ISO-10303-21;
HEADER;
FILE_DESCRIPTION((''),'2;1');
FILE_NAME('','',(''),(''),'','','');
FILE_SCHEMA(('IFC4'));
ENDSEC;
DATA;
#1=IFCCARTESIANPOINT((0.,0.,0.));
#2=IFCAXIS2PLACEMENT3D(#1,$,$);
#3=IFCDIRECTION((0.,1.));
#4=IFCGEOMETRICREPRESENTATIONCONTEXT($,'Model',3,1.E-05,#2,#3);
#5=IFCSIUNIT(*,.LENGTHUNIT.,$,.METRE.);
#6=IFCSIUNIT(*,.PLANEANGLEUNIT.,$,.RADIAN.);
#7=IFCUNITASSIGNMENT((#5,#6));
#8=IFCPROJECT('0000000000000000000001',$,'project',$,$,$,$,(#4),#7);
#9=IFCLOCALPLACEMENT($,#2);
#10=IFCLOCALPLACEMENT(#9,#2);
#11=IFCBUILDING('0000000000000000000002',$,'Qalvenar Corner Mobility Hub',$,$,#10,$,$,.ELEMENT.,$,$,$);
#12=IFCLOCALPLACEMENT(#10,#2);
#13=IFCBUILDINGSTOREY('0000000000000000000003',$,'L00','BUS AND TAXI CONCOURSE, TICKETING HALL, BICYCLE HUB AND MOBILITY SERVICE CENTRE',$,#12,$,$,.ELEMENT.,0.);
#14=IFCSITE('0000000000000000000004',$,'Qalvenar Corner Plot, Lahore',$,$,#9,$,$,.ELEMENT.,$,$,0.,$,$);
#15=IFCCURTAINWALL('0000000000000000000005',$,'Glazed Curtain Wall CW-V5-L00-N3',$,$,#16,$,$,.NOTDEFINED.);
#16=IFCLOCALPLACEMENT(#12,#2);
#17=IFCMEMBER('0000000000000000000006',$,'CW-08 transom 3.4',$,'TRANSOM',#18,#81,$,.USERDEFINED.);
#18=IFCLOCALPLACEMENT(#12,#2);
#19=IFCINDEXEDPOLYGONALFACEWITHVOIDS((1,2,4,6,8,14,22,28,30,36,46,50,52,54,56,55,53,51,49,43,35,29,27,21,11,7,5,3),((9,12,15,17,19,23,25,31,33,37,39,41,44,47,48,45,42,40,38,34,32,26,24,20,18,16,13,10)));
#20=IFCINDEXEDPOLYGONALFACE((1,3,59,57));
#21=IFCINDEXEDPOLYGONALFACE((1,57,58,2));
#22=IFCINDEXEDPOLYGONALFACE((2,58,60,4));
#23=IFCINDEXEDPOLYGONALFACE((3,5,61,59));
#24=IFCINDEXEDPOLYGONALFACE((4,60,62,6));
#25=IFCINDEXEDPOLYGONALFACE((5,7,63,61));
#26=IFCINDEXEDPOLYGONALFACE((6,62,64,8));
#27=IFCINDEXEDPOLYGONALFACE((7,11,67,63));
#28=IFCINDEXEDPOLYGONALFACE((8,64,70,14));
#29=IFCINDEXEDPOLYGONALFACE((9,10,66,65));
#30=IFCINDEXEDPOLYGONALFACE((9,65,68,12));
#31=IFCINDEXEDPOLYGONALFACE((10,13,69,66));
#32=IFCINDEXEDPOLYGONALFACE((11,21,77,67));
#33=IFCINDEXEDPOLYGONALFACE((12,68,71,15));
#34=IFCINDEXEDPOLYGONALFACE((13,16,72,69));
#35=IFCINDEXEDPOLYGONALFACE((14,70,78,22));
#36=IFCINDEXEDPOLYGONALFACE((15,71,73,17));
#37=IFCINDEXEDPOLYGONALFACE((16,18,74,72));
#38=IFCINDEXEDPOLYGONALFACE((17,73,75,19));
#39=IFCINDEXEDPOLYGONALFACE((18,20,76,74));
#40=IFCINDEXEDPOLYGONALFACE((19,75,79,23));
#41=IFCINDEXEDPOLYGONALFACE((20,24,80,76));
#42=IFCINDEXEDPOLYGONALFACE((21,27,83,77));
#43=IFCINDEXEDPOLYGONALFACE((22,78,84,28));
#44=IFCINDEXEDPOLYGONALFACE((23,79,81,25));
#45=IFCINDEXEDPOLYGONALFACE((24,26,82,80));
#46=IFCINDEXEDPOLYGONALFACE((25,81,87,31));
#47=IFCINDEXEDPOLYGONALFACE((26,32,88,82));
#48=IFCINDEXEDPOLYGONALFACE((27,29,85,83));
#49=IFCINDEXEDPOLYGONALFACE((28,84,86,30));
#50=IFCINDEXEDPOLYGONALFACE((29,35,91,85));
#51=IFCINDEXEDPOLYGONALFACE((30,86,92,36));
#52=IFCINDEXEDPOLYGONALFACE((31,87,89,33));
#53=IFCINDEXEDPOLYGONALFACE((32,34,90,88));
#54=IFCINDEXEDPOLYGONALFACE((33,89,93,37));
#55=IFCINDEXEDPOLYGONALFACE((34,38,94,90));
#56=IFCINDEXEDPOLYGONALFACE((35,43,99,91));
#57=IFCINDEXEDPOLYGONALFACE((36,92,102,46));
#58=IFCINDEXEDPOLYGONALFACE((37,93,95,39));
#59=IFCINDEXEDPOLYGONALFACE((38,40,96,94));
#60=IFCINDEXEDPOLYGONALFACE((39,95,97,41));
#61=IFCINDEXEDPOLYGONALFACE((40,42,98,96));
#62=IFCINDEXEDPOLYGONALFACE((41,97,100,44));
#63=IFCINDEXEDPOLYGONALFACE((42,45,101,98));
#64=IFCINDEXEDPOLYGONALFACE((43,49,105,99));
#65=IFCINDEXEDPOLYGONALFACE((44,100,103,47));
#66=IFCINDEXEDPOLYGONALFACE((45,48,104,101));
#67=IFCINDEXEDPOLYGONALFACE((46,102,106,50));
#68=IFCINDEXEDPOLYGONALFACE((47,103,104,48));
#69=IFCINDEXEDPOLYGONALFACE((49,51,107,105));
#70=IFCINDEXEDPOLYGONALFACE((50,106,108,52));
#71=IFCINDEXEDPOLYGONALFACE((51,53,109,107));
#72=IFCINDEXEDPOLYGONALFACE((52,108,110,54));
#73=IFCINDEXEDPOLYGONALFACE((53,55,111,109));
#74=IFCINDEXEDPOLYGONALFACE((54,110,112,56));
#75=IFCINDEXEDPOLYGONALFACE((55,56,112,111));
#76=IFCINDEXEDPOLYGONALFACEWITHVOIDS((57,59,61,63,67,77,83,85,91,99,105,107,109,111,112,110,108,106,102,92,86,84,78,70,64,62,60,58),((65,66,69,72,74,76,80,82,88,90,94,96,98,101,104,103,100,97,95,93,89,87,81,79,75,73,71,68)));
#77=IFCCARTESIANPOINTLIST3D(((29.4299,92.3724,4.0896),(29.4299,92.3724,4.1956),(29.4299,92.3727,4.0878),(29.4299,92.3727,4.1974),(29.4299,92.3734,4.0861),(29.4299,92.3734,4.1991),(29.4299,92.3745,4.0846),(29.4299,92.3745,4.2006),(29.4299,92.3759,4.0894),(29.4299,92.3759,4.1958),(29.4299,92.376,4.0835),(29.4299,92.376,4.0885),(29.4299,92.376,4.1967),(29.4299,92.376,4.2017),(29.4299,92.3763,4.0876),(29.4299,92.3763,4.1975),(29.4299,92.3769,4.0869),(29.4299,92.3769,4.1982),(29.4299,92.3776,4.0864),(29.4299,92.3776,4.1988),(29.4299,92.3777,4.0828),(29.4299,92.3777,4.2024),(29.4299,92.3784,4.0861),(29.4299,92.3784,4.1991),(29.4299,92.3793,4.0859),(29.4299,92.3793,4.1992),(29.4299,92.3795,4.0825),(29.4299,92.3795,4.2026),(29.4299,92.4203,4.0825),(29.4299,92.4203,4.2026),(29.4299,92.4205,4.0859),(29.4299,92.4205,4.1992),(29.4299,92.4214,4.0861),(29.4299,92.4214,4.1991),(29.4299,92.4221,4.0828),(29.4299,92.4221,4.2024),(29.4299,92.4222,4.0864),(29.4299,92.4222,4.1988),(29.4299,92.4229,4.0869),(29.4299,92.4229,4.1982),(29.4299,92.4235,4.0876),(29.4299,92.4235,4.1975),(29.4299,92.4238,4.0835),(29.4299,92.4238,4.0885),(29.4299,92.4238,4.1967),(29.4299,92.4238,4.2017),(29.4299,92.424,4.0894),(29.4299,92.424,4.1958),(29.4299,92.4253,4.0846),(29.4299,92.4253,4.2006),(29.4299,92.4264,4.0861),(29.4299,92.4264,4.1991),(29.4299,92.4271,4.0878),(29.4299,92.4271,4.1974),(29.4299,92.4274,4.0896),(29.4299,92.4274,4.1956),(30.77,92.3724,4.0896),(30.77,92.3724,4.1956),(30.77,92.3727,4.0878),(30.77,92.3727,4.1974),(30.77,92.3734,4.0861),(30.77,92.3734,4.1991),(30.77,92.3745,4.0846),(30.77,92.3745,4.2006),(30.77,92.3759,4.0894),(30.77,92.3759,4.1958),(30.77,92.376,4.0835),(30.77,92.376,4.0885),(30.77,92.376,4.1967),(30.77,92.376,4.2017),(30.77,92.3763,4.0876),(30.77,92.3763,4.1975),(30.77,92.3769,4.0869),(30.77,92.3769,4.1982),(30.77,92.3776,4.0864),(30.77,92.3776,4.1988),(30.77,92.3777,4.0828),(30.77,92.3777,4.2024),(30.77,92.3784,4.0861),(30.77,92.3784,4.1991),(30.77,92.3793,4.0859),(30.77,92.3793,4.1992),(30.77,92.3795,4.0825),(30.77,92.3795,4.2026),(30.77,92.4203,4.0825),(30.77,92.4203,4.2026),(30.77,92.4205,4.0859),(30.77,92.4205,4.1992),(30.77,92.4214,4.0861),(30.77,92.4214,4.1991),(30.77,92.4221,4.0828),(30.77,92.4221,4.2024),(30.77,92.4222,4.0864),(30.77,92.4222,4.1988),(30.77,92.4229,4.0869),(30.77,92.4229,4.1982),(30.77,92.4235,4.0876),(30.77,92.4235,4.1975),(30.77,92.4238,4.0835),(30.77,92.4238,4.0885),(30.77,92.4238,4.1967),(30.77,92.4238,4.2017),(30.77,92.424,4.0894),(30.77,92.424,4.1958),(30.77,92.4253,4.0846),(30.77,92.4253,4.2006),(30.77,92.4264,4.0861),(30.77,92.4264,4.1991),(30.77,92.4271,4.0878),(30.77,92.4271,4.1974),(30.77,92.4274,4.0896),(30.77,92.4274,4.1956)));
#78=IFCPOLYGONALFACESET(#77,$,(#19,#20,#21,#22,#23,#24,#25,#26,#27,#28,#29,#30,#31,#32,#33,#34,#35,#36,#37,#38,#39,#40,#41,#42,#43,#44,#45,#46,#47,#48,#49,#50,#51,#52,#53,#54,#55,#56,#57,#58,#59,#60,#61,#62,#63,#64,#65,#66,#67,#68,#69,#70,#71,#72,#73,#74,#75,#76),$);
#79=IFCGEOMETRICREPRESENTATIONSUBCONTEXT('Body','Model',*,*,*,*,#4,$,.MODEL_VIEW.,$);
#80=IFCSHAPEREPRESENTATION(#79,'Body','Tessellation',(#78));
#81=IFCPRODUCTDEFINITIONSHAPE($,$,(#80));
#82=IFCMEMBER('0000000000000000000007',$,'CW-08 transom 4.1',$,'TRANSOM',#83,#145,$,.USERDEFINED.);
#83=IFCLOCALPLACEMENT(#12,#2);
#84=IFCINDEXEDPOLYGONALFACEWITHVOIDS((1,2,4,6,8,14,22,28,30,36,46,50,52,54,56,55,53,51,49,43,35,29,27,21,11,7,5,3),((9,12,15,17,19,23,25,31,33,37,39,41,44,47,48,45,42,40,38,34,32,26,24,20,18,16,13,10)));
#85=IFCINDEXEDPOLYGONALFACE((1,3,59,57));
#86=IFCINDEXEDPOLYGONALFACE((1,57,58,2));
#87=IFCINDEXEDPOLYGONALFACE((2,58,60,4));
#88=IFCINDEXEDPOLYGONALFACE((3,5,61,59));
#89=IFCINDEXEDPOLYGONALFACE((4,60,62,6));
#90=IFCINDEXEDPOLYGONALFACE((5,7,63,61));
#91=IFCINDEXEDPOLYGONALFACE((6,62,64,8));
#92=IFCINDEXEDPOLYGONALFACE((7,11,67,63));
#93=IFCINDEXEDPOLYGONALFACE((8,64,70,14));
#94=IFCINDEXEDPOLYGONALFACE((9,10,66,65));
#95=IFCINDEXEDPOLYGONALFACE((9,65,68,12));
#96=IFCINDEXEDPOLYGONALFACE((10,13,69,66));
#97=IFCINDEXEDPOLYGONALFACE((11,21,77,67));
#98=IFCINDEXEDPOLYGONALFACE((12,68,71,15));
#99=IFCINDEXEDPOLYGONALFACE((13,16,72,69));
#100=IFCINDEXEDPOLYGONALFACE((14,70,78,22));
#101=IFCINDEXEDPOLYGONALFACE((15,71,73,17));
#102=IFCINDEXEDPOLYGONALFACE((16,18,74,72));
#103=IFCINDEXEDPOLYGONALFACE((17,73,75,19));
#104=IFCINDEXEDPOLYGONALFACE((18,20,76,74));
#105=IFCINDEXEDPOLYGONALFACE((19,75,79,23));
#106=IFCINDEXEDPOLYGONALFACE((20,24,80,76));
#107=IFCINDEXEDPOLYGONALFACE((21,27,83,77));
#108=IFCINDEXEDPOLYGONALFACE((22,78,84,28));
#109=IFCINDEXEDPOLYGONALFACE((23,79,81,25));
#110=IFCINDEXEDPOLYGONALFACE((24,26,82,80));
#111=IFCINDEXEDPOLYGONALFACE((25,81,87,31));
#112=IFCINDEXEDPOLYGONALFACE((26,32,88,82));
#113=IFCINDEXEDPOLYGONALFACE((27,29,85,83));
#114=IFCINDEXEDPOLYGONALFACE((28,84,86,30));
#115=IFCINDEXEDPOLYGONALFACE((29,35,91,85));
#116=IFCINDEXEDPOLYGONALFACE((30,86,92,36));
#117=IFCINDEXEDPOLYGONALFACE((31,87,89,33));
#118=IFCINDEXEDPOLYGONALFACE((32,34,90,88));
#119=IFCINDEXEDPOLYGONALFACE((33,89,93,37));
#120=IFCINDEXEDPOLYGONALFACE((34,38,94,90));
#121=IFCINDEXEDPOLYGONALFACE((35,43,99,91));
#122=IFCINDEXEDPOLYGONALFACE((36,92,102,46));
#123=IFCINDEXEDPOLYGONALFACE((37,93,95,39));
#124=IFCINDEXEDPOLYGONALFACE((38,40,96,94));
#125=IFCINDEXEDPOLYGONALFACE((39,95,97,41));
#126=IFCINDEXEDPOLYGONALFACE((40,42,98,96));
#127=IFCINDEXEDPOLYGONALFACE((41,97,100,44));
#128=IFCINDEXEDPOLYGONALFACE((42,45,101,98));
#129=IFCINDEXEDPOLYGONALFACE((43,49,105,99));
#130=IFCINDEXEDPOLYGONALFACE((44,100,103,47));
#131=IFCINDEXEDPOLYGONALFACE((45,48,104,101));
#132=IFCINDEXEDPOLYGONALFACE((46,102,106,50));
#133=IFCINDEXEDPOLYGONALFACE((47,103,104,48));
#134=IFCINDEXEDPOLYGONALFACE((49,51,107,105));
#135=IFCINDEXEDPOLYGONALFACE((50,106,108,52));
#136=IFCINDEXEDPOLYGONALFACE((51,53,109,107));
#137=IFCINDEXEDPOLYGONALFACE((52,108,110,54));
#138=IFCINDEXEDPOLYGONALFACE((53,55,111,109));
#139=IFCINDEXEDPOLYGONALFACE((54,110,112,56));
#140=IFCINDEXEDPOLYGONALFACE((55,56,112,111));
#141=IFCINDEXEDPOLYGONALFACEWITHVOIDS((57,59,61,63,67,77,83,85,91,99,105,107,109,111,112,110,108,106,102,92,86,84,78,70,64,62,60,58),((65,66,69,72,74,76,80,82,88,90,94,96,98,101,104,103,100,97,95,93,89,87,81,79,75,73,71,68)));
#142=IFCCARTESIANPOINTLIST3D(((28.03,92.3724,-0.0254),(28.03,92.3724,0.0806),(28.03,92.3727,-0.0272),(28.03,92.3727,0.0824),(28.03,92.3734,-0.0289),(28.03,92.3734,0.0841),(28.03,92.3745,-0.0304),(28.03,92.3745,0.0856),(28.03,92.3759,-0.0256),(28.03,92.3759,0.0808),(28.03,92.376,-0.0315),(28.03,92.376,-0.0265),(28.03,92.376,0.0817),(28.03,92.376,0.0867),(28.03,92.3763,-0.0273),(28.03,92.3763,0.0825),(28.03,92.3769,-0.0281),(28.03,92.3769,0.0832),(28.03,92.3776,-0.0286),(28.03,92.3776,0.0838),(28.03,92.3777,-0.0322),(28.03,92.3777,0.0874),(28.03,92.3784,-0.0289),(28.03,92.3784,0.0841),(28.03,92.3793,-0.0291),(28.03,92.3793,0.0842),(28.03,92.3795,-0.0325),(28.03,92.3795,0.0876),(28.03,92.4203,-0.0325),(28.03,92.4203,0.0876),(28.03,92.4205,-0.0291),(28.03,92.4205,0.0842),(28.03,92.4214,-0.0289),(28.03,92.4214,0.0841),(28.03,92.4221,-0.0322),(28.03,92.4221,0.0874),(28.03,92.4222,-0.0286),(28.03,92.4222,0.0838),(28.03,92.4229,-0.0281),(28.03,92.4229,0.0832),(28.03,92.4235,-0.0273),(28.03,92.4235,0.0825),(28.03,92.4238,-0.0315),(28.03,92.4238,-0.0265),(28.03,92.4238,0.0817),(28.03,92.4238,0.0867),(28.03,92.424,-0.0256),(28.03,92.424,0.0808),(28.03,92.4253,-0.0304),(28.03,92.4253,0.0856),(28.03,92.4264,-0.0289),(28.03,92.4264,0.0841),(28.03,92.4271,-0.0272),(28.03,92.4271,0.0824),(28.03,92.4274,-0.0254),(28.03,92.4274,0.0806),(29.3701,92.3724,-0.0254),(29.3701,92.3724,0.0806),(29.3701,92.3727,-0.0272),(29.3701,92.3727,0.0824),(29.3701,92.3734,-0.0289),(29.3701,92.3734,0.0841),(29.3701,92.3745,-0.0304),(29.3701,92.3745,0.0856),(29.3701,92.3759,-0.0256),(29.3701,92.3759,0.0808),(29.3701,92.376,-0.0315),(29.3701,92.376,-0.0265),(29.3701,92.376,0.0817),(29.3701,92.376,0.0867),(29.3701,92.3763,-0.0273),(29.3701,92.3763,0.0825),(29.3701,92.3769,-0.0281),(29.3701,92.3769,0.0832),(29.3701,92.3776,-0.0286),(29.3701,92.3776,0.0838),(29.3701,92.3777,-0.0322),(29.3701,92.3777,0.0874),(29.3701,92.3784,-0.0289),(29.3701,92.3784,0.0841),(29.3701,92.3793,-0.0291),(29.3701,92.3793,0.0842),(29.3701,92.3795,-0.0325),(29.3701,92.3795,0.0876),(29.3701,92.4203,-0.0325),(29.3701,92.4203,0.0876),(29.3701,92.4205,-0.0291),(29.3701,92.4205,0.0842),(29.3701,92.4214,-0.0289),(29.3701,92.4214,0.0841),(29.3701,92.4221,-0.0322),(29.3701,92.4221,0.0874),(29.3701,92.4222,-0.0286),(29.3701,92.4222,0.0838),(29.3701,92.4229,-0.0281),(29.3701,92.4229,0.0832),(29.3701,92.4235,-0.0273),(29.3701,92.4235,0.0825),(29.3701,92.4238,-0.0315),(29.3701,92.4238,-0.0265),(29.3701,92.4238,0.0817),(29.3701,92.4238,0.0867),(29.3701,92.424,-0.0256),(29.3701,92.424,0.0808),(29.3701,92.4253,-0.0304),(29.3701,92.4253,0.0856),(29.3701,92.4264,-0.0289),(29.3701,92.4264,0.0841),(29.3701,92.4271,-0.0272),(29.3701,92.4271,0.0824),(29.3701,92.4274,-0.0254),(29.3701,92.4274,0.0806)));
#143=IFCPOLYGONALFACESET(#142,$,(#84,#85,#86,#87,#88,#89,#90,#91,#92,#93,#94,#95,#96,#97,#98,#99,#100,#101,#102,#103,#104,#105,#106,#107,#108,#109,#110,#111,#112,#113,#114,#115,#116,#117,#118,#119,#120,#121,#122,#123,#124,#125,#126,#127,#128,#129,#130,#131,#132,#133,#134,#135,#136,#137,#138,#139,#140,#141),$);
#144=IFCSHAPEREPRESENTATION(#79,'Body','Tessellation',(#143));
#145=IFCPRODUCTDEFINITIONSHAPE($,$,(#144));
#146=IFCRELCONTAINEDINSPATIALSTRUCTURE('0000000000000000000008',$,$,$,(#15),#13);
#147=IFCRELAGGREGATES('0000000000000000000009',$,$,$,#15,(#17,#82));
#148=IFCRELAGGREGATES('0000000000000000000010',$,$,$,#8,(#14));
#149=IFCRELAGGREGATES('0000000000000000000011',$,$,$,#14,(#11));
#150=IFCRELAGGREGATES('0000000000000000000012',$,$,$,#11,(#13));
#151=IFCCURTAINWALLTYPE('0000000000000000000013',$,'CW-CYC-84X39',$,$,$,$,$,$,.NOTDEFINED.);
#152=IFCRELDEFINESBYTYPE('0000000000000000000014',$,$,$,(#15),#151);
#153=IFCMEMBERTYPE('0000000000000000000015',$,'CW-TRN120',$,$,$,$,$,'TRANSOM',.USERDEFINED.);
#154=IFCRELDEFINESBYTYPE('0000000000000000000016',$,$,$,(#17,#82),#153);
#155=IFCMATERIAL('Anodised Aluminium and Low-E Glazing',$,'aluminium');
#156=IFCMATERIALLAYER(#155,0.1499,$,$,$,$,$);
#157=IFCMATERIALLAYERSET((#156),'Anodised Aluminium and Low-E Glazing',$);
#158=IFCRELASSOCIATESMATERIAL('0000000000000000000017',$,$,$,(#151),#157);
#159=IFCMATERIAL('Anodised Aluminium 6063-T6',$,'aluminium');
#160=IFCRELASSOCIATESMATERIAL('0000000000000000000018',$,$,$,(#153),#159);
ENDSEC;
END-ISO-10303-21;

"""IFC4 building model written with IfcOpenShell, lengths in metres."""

from ifc_helpers import new_model, si_unit, direction, frame, origin, origin_2d, place, context, subcontext, project, spatial, hollow_rectangle, extrude, material, layer, layer_set, material_profile, profile_set, type_object, element, aggregate, save


model = new_model("IFC4")

# Units and contexts
model_context = context("Model", 3, precision=1e-05, world=origin(), true_north=direction((0.0, 1.0)))
body_context = subcontext(model_context, "Body", "Model", "MODEL_VIEW")
ifc_project = project(units=[si_unit("LENGTHUNIT", "METRE"), si_unit("PLANEANGLEUNIT", "RADIAN")], contexts=[model_context])

# Site, building, storey
site_placement = place(None, origin())
site = spatial("IfcSite", under=ifc_project, at=site_placement, Name="Qalvenar Corner Plot, Lahore", CompositionType="ELEMENT", RefElevation=0.0)
building_placement = place(site_placement, origin())
building = spatial("IfcBuilding", under=site, at=building_placement, Name="Qalvenar Corner Mobility Hub", CompositionType="ELEMENT")
storey_placement = place(building_placement, origin())
storey = spatial("IfcBuildingStorey", under=building, at=storey_placement, Name="L00", Description="BUS AND TAXI CONCOURSE, TICKETING HALL, BICYCLE HUB AND MOBILITY SERVICE CENTRE", CompositionType="ELEMENT", Elevation=0.0)

# Curtain wall, members
ifc_material_1 = material(Name="Anodised Aluminium and Low-E Glazing", Category="aluminium")
ifc_layer_1 = layer(ifc_material_1, 0.1499)
ifc_layer_set_1 = layer_set([ifc_layer_1], Name="Anodised Aluminium and Low-E Glazing")
curtain_wall_type = type_object("IfcCurtainWallType", Name="CW-CYC-84X39", PredefinedType="NOTDEFINED", material=ifc_layer_set_1)
curtain_wall_placement = place(storey_placement, origin())
curtain_wall = element("IfcCurtainWall", 1, at=curtain_wall_placement, inside=storey, type_object=curtain_wall_type, Name="Glazed Curtain Wall CW-V5-L00-N3", PredefinedType="NOTDEFINED")
ifc_material_2 = material(Name="Anodised Aluminium 6063-T6", Category="aluminium")
ifc_material_profile_1 = material_profile(ifc_material_2, hollow_rectangle(XDim=0.0549, YDim=0.1201, WallThickness=0.0034, InnerFilletRadius=0.0034, OuterFilletRadius=0.0071, at=origin_2d()), Name="RHS120x55x3.5")
ifc_profile_set_1 = profile_set([ifc_material_profile_1], Name="Anodised Aluminium 6063-T6")
member_type_1 = type_object("IfcMemberType", Name="CW-TRN120", ElementType="TRANSOM", PredefinedType="USERDEFINED", material=ifc_profile_set_1)
member_1_placement = place(storey_placement, frame((30.77, 92.3999, 4.1426), z_axis=(-1.0, 0.0, 0.0), x_axis=(0.0, -1.0, 0.0)))
member_1 = element("IfcMember", 2, at=member_1_placement, type_object=member_type_1, Name="CW-08 transom 3.4", ObjectType="TRANSOM", PredefinedType="USERDEFINED", context=body_context, shape_type="SweptSolid", body=[
    extrude(hollow_rectangle(XDim=0.0549, YDim=0.1201, WallThickness=0.0034, InnerFilletRadius=0.0034, OuterFilletRadius=0.0071, at=origin_2d()), origin(), (0.0, 0.0, 1.0), 1.3401),
])
member_2_placement = place(storey_placement, frame((29.3701, 92.3999, 0.0276), z_axis=(-1.0, 0.0, 0.0), x_axis=(0.0, -1.0, 0.0)))
member_2 = element("IfcMember", 3, at=member_2_placement, type_object=member_type_1, Name="CW-08 transom 4.1", ObjectType="TRANSOM", PredefinedType="USERDEFINED", context=body_context, shape_type="SweptSolid", body=[
    extrude(hollow_rectangle(XDim=0.0549, YDim=0.1201, WallThickness=0.0034, InnerFilletRadius=0.0034, OuterFilletRadius=0.0071, at=origin_2d()), origin(), (0.0, 0.0, 1.0), 1.3401),
])
aggregate(curtain_wall, [member_1, member_2])

save(model, "model.ifc")
